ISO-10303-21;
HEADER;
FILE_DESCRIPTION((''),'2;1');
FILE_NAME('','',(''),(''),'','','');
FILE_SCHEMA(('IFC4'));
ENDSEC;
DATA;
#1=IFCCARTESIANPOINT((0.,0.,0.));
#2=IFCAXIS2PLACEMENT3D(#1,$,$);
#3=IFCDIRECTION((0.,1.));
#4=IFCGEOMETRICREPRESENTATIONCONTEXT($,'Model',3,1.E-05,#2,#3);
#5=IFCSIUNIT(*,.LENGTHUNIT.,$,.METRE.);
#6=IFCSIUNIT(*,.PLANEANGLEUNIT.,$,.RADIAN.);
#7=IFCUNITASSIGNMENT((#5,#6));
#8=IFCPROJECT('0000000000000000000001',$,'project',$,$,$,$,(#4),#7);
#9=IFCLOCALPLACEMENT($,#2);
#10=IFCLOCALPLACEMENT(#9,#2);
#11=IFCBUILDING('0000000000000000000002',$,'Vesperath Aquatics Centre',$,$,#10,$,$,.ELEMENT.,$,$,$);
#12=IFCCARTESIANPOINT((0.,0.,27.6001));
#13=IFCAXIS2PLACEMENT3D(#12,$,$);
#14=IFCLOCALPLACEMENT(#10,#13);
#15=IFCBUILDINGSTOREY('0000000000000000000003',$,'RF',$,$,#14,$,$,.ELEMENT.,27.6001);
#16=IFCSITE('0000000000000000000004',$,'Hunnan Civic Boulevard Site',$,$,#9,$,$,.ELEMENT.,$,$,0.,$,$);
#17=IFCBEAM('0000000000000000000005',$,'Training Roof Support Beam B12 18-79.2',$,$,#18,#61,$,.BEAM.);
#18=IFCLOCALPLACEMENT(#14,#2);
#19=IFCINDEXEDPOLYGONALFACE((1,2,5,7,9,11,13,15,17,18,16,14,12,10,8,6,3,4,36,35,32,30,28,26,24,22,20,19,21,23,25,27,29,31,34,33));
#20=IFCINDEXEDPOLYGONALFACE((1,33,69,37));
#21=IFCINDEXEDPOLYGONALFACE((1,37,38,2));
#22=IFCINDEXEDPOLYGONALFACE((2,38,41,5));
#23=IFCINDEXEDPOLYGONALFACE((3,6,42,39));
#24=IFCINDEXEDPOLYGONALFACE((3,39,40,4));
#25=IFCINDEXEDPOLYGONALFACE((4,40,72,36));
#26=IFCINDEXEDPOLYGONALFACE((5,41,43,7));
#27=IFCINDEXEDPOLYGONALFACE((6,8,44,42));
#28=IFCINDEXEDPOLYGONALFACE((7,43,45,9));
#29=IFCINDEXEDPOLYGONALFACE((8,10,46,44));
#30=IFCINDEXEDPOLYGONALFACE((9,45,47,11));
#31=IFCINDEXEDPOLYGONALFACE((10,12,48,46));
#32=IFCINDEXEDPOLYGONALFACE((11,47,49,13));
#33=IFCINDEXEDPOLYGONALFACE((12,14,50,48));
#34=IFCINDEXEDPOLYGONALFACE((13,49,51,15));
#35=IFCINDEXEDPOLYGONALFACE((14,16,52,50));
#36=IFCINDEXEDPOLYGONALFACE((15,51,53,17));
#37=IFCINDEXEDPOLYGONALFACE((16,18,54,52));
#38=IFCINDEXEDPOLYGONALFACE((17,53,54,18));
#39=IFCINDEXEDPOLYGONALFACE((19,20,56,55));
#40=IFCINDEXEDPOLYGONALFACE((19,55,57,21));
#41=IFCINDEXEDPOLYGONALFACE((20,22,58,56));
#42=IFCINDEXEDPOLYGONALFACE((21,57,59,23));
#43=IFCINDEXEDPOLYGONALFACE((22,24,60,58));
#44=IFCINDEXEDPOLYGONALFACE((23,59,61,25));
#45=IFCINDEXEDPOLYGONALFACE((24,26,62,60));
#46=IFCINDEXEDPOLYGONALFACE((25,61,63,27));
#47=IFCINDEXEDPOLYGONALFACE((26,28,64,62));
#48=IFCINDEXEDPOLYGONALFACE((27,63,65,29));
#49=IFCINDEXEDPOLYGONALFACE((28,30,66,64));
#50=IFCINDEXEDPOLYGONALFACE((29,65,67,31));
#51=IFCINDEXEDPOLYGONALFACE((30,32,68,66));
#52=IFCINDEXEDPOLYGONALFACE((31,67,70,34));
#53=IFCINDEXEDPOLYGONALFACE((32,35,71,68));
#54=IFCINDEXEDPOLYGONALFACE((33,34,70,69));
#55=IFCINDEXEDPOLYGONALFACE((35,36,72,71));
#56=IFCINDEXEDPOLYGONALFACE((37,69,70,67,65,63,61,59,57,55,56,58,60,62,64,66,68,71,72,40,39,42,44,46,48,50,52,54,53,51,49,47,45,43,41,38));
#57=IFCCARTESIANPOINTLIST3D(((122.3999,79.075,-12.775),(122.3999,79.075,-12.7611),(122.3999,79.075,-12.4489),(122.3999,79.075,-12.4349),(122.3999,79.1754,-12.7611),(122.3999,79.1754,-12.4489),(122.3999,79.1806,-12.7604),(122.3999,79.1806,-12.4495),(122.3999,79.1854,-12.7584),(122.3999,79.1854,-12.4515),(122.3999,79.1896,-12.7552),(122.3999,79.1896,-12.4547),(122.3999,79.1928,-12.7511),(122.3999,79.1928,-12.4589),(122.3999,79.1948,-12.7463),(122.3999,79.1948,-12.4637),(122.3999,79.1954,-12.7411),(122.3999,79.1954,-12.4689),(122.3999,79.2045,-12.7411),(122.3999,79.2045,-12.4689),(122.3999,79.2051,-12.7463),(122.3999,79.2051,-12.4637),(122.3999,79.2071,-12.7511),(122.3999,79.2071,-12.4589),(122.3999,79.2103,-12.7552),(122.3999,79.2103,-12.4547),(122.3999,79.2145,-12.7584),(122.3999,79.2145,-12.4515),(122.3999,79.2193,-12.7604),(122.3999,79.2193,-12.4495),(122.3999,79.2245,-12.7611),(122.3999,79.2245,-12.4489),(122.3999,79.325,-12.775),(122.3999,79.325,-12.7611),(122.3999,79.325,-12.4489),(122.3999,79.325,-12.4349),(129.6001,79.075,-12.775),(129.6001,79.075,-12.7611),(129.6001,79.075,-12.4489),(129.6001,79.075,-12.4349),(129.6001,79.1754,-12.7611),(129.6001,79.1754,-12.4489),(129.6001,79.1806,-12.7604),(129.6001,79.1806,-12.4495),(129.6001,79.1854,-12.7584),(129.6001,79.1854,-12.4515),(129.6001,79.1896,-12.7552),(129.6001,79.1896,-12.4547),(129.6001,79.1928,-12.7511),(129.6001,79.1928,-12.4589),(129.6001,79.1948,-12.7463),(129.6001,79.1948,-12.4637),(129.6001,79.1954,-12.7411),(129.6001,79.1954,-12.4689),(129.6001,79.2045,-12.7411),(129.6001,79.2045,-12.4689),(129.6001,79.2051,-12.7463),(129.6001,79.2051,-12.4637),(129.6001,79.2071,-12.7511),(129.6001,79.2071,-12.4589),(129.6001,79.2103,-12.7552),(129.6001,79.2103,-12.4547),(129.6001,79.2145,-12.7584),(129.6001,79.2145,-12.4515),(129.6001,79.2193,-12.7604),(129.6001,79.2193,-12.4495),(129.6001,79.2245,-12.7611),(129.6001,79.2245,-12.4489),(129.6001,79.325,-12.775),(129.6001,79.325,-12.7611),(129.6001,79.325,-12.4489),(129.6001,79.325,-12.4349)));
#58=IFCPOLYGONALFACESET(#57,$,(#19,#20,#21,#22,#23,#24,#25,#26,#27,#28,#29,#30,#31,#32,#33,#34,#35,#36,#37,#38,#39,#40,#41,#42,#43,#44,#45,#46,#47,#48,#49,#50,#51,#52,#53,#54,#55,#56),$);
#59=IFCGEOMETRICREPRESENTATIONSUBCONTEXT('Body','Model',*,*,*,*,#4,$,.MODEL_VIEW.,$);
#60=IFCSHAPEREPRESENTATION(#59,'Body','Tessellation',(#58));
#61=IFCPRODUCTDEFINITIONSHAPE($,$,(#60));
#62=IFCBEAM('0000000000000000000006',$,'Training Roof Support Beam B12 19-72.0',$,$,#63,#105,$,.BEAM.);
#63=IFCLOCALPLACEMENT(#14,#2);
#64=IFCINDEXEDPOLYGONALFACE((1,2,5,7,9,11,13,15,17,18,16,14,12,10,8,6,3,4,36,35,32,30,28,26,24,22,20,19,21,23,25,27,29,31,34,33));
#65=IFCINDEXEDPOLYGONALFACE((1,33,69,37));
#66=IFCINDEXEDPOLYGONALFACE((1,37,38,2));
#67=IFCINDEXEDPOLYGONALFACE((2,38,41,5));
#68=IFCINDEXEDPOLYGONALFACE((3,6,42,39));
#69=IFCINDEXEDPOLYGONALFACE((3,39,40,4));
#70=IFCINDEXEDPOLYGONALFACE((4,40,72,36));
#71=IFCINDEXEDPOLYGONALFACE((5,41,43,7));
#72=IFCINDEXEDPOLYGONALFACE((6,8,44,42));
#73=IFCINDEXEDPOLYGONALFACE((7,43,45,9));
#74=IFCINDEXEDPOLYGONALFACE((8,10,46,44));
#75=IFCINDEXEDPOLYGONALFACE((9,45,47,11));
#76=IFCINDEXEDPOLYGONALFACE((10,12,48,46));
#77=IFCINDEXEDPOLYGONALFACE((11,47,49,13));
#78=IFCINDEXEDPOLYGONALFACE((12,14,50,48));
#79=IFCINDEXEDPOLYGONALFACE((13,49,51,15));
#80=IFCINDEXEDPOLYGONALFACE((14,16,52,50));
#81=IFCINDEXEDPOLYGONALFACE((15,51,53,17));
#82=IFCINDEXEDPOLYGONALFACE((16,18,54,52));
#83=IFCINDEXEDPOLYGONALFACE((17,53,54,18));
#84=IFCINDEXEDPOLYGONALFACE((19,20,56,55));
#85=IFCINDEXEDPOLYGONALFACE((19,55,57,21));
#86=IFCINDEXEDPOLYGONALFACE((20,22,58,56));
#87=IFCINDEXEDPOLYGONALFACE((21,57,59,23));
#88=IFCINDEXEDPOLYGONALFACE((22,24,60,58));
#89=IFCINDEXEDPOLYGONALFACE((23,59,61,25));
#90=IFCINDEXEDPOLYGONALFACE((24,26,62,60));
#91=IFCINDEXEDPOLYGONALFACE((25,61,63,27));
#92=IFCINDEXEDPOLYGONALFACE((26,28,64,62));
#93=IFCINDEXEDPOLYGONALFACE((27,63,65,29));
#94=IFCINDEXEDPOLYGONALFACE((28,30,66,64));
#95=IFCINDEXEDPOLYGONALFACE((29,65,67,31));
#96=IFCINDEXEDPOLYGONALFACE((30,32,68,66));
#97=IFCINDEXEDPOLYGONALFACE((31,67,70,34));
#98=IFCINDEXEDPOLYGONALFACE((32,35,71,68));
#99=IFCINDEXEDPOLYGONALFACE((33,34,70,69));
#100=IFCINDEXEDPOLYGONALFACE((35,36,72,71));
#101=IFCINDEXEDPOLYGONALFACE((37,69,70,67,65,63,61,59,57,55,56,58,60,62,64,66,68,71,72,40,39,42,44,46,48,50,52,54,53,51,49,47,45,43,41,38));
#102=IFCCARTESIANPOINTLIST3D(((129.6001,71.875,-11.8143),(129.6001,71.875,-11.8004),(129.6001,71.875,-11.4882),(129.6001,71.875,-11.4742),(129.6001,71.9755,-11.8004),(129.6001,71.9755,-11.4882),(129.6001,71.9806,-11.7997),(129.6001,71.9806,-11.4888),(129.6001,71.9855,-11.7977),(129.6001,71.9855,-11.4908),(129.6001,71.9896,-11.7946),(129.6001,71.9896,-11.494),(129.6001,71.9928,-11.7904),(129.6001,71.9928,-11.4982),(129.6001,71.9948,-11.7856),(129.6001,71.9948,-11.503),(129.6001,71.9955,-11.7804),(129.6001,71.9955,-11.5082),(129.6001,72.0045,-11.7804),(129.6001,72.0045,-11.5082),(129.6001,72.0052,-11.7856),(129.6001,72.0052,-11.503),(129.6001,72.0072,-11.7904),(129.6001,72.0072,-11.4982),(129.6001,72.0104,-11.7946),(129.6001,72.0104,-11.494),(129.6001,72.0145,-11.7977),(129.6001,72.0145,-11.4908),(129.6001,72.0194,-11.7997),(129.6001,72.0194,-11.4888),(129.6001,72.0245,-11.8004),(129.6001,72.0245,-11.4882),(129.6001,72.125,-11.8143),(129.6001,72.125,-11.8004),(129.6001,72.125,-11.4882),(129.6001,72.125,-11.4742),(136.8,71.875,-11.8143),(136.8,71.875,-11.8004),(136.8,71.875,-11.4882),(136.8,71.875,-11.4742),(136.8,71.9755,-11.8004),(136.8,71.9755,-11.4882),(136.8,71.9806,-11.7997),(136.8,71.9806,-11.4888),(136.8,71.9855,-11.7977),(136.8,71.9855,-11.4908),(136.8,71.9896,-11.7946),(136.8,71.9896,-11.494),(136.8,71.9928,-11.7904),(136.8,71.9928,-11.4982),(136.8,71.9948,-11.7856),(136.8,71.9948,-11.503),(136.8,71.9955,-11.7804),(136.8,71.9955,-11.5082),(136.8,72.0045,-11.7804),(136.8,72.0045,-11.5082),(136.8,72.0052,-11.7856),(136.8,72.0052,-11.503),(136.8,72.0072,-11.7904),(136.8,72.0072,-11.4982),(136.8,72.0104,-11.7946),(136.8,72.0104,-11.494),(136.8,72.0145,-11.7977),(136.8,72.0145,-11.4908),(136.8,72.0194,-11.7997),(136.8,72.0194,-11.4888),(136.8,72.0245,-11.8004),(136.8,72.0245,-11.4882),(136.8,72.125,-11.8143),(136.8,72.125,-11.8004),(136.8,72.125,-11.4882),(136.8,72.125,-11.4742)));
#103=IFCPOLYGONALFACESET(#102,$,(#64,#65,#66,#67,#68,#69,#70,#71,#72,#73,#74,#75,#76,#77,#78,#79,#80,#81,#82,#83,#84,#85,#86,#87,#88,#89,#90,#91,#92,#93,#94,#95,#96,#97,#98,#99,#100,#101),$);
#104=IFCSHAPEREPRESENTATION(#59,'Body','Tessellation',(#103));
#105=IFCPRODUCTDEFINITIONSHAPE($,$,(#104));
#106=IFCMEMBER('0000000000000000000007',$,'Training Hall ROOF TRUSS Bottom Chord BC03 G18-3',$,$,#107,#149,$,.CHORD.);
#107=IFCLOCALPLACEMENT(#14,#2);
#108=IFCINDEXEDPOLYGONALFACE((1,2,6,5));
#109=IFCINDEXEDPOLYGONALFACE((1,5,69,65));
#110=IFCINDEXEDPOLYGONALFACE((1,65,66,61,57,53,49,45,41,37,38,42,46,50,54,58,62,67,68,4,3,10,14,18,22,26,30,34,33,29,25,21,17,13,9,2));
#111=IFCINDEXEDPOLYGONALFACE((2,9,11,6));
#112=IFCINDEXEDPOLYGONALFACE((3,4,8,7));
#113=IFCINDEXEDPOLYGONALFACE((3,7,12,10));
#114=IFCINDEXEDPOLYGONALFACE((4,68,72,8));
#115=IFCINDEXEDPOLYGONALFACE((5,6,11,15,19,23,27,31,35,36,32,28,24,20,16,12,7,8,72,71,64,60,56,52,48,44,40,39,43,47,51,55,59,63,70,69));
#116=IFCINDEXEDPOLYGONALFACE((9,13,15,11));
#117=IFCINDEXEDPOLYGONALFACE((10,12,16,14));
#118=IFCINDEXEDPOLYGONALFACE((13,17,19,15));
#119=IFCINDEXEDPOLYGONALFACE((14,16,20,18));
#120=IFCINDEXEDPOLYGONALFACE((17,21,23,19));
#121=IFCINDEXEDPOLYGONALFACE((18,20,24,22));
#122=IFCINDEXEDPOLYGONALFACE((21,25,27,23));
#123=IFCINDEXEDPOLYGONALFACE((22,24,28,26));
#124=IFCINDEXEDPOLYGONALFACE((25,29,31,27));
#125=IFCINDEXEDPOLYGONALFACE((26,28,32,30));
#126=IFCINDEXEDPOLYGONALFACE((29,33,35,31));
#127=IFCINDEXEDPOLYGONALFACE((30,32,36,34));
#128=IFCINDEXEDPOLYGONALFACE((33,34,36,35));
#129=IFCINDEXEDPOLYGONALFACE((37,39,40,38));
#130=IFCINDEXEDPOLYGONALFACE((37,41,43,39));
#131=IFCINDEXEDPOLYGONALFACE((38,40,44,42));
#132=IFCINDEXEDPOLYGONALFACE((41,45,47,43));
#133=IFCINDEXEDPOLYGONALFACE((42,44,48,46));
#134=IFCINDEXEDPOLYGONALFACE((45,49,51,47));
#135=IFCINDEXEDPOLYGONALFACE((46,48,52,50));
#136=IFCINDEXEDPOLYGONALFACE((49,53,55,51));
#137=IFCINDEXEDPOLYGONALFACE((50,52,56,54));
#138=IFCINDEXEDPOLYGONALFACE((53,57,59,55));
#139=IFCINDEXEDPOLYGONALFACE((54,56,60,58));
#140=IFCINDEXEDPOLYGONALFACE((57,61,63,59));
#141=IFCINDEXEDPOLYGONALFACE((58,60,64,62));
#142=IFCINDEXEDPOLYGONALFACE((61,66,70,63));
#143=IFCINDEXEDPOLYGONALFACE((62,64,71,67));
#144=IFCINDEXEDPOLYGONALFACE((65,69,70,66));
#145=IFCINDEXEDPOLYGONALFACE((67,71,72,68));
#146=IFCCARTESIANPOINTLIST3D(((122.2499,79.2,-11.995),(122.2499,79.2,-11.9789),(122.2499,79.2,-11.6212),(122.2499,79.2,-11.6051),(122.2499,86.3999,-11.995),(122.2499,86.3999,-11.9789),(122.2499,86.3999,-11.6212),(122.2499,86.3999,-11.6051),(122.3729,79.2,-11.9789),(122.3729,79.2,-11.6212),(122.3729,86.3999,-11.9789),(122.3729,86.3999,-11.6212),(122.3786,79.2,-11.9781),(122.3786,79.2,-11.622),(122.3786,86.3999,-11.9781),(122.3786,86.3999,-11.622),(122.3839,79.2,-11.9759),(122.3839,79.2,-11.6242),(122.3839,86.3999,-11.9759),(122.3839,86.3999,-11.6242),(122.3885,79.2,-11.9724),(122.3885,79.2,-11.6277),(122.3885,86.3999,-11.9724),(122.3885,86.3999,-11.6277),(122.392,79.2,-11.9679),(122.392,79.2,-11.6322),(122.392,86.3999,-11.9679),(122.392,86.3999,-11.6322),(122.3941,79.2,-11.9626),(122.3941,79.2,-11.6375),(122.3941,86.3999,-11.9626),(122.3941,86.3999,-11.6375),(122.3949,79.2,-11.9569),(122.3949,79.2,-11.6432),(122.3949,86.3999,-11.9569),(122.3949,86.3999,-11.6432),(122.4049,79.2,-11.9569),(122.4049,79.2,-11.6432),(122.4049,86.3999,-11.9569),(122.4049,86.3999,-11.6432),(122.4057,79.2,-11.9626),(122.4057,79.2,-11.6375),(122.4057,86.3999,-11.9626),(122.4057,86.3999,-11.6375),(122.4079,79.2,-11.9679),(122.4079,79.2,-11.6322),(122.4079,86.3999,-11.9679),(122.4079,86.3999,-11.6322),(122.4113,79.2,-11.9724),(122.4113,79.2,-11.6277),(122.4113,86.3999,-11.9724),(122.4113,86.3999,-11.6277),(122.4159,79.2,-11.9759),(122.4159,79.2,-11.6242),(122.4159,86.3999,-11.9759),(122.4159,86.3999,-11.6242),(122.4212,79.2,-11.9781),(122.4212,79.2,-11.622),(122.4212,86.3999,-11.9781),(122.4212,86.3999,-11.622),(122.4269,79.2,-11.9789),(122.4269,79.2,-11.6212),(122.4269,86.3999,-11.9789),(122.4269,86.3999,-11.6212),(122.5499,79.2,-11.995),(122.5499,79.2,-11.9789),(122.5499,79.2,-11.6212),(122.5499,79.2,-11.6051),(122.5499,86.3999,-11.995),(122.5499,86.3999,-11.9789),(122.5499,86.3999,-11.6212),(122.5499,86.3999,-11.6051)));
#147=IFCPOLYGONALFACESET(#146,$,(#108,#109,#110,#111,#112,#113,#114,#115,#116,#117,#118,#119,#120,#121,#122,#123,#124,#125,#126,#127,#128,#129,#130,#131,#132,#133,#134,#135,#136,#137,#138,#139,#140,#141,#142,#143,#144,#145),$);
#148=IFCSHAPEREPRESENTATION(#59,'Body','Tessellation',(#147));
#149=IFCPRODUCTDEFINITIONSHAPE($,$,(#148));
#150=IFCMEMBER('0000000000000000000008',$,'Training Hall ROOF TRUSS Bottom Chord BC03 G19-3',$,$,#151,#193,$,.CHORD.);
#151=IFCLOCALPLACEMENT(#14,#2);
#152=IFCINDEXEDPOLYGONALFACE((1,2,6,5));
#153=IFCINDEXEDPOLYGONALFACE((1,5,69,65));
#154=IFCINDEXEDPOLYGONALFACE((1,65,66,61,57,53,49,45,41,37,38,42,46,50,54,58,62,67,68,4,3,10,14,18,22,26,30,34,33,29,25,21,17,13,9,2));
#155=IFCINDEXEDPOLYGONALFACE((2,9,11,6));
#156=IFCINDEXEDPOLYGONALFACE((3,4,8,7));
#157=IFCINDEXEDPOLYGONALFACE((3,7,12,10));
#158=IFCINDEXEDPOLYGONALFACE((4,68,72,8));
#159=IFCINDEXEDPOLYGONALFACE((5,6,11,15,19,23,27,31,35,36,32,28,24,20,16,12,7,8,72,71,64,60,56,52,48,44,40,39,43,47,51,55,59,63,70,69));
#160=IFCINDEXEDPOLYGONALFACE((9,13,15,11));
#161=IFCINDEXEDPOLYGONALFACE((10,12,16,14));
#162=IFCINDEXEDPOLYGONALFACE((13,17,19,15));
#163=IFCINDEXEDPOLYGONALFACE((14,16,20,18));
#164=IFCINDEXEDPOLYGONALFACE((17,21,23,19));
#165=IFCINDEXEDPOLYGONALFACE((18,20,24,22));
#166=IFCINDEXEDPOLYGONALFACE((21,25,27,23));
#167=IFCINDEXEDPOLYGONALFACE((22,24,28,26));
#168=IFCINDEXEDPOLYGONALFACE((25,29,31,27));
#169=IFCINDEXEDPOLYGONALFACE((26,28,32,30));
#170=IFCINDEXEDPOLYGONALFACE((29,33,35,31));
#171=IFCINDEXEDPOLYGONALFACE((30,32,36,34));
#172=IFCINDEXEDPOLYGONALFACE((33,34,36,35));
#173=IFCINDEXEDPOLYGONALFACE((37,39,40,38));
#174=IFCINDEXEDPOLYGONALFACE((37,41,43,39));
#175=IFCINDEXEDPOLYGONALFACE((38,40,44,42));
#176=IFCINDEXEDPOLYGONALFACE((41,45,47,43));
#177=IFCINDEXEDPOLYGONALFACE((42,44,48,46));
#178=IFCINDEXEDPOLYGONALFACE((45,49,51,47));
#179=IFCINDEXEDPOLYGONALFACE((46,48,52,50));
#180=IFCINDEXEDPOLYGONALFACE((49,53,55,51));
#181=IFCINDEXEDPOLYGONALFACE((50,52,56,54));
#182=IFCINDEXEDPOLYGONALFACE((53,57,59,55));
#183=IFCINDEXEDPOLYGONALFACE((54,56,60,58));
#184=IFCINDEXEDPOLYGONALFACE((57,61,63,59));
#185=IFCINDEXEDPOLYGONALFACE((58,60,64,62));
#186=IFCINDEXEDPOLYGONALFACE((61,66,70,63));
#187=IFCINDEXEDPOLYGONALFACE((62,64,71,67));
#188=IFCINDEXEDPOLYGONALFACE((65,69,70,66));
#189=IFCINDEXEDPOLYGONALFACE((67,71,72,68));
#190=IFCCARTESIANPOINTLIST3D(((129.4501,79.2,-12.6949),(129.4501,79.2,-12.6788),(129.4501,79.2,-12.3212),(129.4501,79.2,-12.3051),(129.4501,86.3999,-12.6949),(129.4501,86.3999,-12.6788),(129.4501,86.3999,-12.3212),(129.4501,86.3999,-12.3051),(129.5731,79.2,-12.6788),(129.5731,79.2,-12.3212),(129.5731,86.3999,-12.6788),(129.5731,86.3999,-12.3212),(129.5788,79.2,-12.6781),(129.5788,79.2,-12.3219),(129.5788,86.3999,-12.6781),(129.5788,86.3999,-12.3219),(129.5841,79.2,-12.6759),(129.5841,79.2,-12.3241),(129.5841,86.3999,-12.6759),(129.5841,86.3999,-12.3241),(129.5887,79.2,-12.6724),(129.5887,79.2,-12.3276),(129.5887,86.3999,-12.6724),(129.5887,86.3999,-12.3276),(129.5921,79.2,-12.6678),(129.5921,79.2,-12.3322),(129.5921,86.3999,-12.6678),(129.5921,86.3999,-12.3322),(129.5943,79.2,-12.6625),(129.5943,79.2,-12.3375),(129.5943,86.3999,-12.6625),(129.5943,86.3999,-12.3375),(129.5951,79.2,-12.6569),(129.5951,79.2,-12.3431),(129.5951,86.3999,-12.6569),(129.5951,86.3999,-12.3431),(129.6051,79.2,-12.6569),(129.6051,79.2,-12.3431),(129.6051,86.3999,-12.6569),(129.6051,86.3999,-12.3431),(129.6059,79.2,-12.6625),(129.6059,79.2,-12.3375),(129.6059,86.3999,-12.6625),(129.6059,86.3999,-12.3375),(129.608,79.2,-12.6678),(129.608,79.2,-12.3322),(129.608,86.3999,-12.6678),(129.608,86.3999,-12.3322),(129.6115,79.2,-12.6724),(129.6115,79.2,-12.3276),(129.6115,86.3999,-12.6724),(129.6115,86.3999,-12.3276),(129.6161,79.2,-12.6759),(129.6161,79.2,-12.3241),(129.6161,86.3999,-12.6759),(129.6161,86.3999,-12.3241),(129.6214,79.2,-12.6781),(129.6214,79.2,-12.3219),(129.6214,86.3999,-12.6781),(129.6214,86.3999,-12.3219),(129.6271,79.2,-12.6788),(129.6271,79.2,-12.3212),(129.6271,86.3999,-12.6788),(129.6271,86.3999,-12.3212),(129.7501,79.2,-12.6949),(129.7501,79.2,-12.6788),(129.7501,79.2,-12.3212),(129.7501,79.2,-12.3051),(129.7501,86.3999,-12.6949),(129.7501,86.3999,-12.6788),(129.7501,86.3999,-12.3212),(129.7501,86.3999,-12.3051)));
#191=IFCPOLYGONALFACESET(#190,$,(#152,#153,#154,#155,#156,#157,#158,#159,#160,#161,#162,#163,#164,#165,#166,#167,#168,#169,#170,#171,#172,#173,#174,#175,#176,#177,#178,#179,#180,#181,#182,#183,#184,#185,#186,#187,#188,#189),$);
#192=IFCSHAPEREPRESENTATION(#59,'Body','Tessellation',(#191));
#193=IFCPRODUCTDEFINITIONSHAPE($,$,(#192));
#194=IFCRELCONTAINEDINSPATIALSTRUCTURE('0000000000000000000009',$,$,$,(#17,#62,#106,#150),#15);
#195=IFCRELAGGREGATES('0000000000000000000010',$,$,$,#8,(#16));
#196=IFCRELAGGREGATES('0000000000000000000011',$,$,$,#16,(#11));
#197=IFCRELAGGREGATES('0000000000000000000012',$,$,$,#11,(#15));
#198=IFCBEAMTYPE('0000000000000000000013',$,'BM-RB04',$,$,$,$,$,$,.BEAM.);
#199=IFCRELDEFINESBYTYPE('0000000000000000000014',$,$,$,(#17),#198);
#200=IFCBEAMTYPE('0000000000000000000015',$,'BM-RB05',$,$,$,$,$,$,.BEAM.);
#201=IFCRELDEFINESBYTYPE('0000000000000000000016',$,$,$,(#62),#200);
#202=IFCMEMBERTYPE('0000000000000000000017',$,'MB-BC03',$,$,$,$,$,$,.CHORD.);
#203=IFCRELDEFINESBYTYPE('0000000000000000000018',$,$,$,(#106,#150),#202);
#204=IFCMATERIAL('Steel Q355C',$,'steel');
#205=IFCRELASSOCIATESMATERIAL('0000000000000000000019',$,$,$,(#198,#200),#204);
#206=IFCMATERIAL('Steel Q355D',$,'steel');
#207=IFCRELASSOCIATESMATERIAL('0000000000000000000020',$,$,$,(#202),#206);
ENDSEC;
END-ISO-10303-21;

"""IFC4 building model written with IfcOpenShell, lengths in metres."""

from ifc_helpers import new_model, si_unit, direction, frame, origin, origin_2d, place, context, subcontext, project, spatial, i_section, extrude, material, material_profile, profile_set, type_object, element, save


model = new_model("IFC4")

# Units and contexts
model_context = context("Model", 3, precision=1e-05, world=origin(), true_north=direction((0.0, 1.0)))
body_context = subcontext(model_context, "Body", "Model", "MODEL_VIEW")
ifc_project = project(units=[si_unit("LENGTHUNIT", "METRE"), si_unit("PLANEANGLEUNIT", "RADIAN")], contexts=[model_context])

# Site, building, storey
site_placement = place(None, origin())
site = spatial("IfcSite", under=ifc_project, at=site_placement, Name="Hunnan Civic Boulevard Site", CompositionType="ELEMENT", RefElevation=0.0)
building_placement = place(site_placement, origin())
building = spatial("IfcBuilding", under=site, at=building_placement, Name="Vesperath Aquatics Centre", CompositionType="ELEMENT")
storey_placement = place(building_placement, frame((0.0, 0.0, 27.6001)))
storey = spatial("IfcBuildingStorey", under=building, at=storey_placement, Name="RF", CompositionType="ELEMENT", Elevation=27.6001)

# Beams
ifc_material_1 = material(Name="Steel Q355C", Category="steel")
ifc_material_profile_1 = material_profile(ifc_material_1, i_section(OverallWidth=0.25, OverallDepth=0.3401, WebThickness=0.009, FlangeThickness=0.0139, FilletRadius=0.02, at=origin_2d()), Name="HM 340x250x9x14")
ifc_profile_set_1 = profile_set([ifc_material_profile_1], Name="Steel Q355C")
beam_type_1 = type_object("IfcBeamType", Name="BM-RB04", PredefinedType="BEAM", material=ifc_profile_set_1)
beam_1_placement = place(storey_placement, frame((122.3999, 79.2, -12.605), z_axis=(1.0, 0.0, 0.0), x_axis=(0.0, 1.0, 0.0)))
element("IfcBeam", 1, at=beam_1_placement, inside=storey, type_object=beam_type_1, Name="Training Roof Support Beam B12 18-79.2", PredefinedType="BEAM", context=body_context, shape_type="SweptSolid", body=[
    extrude(i_section(OverallWidth=0.25, OverallDepth=0.3401, WebThickness=0.009, FlangeThickness=0.0139, FilletRadius=0.02, at=origin_2d()), origin(), (0.0, 0.0, 1.0), 7.2002),
])
ifc_material_profile_2 = material_profile(ifc_material_1, i_section(OverallWidth=0.25, OverallDepth=0.3401, WebThickness=0.009, FlangeThickness=0.0139, FilletRadius=0.02, at=origin_2d()), Name="HM 340x250x9x14")
ifc_profile_set_2 = profile_set([ifc_material_profile_2], Name="Steel Q355C")
beam_type_2 = type_object("IfcBeamType", Name="BM-RB05", PredefinedType="BEAM", material=ifc_profile_set_2)
beam_2_placement = place(storey_placement, frame((129.6001, 72.0, -11.6443), z_axis=(1.0, 0.0, 0.0), x_axis=(0.0, 1.0, 0.0)))
element("IfcBeam", 2, at=beam_2_placement, inside=storey, type_object=beam_type_2, Name="Training Roof Support Beam B12 19-72.0", PredefinedType="BEAM", context=body_context, shape_type="SweptSolid", body=[
    extrude(i_section(OverallWidth=0.25, OverallDepth=0.3401, WebThickness=0.009, FlangeThickness=0.0139, FilletRadius=0.02, at=origin_2d()), origin(), (0.0, 0.0, 1.0), 7.2),
])

# Members
ifc_material_2 = material(Name="Steel Q355D", Category="steel")
ifc_material_profile_3 = material_profile(ifc_material_2, i_section(OverallWidth=0.3, OverallDepth=0.3899, WebThickness=0.01, FlangeThickness=0.0161, FilletRadius=0.022, at=origin_2d()), Name="HM 390x300x10x16")
ifc_profile_set_3 = profile_set([ifc_material_profile_3], Name="Steel Q355D")
member_type_1 = type_object("IfcMemberType", Name="MB-BC03", PredefinedType="CHORD", material=ifc_profile_set_3)
for number, where, z_axis, x_axis, name in (
    (3, (122.3999, 79.2, -11.8), (0.0, 1.0, 0.0), (-1.0, 0.0, 0.0), "Training Hall ROOF TRUSS Bottom Chord BC03 G18-3"),
    (4, (129.6001, 79.2, -12.5), (0.0, 1.0, 0.0), (-1.0, 0.0, 0.0), "Training Hall ROOF TRUSS Bottom Chord BC03 G19-3"),
):
    element("IfcMember", number, at=place(storey_placement, frame(where, z_axis=z_axis, x_axis=x_axis)), inside=storey, type_object=member_type_1, Name=name, PredefinedType="CHORD", context=body_context, shape_type="SweptSolid", body=[
        extrude(i_section(OverallWidth=0.3, OverallDepth=0.3899, WebThickness=0.01, FlangeThickness=0.0161, FilletRadius=0.022, at=origin_2d()), origin(), (0.0, 0.0, 1.0), 7.2),
    ])

save(model, "model.ifc")
